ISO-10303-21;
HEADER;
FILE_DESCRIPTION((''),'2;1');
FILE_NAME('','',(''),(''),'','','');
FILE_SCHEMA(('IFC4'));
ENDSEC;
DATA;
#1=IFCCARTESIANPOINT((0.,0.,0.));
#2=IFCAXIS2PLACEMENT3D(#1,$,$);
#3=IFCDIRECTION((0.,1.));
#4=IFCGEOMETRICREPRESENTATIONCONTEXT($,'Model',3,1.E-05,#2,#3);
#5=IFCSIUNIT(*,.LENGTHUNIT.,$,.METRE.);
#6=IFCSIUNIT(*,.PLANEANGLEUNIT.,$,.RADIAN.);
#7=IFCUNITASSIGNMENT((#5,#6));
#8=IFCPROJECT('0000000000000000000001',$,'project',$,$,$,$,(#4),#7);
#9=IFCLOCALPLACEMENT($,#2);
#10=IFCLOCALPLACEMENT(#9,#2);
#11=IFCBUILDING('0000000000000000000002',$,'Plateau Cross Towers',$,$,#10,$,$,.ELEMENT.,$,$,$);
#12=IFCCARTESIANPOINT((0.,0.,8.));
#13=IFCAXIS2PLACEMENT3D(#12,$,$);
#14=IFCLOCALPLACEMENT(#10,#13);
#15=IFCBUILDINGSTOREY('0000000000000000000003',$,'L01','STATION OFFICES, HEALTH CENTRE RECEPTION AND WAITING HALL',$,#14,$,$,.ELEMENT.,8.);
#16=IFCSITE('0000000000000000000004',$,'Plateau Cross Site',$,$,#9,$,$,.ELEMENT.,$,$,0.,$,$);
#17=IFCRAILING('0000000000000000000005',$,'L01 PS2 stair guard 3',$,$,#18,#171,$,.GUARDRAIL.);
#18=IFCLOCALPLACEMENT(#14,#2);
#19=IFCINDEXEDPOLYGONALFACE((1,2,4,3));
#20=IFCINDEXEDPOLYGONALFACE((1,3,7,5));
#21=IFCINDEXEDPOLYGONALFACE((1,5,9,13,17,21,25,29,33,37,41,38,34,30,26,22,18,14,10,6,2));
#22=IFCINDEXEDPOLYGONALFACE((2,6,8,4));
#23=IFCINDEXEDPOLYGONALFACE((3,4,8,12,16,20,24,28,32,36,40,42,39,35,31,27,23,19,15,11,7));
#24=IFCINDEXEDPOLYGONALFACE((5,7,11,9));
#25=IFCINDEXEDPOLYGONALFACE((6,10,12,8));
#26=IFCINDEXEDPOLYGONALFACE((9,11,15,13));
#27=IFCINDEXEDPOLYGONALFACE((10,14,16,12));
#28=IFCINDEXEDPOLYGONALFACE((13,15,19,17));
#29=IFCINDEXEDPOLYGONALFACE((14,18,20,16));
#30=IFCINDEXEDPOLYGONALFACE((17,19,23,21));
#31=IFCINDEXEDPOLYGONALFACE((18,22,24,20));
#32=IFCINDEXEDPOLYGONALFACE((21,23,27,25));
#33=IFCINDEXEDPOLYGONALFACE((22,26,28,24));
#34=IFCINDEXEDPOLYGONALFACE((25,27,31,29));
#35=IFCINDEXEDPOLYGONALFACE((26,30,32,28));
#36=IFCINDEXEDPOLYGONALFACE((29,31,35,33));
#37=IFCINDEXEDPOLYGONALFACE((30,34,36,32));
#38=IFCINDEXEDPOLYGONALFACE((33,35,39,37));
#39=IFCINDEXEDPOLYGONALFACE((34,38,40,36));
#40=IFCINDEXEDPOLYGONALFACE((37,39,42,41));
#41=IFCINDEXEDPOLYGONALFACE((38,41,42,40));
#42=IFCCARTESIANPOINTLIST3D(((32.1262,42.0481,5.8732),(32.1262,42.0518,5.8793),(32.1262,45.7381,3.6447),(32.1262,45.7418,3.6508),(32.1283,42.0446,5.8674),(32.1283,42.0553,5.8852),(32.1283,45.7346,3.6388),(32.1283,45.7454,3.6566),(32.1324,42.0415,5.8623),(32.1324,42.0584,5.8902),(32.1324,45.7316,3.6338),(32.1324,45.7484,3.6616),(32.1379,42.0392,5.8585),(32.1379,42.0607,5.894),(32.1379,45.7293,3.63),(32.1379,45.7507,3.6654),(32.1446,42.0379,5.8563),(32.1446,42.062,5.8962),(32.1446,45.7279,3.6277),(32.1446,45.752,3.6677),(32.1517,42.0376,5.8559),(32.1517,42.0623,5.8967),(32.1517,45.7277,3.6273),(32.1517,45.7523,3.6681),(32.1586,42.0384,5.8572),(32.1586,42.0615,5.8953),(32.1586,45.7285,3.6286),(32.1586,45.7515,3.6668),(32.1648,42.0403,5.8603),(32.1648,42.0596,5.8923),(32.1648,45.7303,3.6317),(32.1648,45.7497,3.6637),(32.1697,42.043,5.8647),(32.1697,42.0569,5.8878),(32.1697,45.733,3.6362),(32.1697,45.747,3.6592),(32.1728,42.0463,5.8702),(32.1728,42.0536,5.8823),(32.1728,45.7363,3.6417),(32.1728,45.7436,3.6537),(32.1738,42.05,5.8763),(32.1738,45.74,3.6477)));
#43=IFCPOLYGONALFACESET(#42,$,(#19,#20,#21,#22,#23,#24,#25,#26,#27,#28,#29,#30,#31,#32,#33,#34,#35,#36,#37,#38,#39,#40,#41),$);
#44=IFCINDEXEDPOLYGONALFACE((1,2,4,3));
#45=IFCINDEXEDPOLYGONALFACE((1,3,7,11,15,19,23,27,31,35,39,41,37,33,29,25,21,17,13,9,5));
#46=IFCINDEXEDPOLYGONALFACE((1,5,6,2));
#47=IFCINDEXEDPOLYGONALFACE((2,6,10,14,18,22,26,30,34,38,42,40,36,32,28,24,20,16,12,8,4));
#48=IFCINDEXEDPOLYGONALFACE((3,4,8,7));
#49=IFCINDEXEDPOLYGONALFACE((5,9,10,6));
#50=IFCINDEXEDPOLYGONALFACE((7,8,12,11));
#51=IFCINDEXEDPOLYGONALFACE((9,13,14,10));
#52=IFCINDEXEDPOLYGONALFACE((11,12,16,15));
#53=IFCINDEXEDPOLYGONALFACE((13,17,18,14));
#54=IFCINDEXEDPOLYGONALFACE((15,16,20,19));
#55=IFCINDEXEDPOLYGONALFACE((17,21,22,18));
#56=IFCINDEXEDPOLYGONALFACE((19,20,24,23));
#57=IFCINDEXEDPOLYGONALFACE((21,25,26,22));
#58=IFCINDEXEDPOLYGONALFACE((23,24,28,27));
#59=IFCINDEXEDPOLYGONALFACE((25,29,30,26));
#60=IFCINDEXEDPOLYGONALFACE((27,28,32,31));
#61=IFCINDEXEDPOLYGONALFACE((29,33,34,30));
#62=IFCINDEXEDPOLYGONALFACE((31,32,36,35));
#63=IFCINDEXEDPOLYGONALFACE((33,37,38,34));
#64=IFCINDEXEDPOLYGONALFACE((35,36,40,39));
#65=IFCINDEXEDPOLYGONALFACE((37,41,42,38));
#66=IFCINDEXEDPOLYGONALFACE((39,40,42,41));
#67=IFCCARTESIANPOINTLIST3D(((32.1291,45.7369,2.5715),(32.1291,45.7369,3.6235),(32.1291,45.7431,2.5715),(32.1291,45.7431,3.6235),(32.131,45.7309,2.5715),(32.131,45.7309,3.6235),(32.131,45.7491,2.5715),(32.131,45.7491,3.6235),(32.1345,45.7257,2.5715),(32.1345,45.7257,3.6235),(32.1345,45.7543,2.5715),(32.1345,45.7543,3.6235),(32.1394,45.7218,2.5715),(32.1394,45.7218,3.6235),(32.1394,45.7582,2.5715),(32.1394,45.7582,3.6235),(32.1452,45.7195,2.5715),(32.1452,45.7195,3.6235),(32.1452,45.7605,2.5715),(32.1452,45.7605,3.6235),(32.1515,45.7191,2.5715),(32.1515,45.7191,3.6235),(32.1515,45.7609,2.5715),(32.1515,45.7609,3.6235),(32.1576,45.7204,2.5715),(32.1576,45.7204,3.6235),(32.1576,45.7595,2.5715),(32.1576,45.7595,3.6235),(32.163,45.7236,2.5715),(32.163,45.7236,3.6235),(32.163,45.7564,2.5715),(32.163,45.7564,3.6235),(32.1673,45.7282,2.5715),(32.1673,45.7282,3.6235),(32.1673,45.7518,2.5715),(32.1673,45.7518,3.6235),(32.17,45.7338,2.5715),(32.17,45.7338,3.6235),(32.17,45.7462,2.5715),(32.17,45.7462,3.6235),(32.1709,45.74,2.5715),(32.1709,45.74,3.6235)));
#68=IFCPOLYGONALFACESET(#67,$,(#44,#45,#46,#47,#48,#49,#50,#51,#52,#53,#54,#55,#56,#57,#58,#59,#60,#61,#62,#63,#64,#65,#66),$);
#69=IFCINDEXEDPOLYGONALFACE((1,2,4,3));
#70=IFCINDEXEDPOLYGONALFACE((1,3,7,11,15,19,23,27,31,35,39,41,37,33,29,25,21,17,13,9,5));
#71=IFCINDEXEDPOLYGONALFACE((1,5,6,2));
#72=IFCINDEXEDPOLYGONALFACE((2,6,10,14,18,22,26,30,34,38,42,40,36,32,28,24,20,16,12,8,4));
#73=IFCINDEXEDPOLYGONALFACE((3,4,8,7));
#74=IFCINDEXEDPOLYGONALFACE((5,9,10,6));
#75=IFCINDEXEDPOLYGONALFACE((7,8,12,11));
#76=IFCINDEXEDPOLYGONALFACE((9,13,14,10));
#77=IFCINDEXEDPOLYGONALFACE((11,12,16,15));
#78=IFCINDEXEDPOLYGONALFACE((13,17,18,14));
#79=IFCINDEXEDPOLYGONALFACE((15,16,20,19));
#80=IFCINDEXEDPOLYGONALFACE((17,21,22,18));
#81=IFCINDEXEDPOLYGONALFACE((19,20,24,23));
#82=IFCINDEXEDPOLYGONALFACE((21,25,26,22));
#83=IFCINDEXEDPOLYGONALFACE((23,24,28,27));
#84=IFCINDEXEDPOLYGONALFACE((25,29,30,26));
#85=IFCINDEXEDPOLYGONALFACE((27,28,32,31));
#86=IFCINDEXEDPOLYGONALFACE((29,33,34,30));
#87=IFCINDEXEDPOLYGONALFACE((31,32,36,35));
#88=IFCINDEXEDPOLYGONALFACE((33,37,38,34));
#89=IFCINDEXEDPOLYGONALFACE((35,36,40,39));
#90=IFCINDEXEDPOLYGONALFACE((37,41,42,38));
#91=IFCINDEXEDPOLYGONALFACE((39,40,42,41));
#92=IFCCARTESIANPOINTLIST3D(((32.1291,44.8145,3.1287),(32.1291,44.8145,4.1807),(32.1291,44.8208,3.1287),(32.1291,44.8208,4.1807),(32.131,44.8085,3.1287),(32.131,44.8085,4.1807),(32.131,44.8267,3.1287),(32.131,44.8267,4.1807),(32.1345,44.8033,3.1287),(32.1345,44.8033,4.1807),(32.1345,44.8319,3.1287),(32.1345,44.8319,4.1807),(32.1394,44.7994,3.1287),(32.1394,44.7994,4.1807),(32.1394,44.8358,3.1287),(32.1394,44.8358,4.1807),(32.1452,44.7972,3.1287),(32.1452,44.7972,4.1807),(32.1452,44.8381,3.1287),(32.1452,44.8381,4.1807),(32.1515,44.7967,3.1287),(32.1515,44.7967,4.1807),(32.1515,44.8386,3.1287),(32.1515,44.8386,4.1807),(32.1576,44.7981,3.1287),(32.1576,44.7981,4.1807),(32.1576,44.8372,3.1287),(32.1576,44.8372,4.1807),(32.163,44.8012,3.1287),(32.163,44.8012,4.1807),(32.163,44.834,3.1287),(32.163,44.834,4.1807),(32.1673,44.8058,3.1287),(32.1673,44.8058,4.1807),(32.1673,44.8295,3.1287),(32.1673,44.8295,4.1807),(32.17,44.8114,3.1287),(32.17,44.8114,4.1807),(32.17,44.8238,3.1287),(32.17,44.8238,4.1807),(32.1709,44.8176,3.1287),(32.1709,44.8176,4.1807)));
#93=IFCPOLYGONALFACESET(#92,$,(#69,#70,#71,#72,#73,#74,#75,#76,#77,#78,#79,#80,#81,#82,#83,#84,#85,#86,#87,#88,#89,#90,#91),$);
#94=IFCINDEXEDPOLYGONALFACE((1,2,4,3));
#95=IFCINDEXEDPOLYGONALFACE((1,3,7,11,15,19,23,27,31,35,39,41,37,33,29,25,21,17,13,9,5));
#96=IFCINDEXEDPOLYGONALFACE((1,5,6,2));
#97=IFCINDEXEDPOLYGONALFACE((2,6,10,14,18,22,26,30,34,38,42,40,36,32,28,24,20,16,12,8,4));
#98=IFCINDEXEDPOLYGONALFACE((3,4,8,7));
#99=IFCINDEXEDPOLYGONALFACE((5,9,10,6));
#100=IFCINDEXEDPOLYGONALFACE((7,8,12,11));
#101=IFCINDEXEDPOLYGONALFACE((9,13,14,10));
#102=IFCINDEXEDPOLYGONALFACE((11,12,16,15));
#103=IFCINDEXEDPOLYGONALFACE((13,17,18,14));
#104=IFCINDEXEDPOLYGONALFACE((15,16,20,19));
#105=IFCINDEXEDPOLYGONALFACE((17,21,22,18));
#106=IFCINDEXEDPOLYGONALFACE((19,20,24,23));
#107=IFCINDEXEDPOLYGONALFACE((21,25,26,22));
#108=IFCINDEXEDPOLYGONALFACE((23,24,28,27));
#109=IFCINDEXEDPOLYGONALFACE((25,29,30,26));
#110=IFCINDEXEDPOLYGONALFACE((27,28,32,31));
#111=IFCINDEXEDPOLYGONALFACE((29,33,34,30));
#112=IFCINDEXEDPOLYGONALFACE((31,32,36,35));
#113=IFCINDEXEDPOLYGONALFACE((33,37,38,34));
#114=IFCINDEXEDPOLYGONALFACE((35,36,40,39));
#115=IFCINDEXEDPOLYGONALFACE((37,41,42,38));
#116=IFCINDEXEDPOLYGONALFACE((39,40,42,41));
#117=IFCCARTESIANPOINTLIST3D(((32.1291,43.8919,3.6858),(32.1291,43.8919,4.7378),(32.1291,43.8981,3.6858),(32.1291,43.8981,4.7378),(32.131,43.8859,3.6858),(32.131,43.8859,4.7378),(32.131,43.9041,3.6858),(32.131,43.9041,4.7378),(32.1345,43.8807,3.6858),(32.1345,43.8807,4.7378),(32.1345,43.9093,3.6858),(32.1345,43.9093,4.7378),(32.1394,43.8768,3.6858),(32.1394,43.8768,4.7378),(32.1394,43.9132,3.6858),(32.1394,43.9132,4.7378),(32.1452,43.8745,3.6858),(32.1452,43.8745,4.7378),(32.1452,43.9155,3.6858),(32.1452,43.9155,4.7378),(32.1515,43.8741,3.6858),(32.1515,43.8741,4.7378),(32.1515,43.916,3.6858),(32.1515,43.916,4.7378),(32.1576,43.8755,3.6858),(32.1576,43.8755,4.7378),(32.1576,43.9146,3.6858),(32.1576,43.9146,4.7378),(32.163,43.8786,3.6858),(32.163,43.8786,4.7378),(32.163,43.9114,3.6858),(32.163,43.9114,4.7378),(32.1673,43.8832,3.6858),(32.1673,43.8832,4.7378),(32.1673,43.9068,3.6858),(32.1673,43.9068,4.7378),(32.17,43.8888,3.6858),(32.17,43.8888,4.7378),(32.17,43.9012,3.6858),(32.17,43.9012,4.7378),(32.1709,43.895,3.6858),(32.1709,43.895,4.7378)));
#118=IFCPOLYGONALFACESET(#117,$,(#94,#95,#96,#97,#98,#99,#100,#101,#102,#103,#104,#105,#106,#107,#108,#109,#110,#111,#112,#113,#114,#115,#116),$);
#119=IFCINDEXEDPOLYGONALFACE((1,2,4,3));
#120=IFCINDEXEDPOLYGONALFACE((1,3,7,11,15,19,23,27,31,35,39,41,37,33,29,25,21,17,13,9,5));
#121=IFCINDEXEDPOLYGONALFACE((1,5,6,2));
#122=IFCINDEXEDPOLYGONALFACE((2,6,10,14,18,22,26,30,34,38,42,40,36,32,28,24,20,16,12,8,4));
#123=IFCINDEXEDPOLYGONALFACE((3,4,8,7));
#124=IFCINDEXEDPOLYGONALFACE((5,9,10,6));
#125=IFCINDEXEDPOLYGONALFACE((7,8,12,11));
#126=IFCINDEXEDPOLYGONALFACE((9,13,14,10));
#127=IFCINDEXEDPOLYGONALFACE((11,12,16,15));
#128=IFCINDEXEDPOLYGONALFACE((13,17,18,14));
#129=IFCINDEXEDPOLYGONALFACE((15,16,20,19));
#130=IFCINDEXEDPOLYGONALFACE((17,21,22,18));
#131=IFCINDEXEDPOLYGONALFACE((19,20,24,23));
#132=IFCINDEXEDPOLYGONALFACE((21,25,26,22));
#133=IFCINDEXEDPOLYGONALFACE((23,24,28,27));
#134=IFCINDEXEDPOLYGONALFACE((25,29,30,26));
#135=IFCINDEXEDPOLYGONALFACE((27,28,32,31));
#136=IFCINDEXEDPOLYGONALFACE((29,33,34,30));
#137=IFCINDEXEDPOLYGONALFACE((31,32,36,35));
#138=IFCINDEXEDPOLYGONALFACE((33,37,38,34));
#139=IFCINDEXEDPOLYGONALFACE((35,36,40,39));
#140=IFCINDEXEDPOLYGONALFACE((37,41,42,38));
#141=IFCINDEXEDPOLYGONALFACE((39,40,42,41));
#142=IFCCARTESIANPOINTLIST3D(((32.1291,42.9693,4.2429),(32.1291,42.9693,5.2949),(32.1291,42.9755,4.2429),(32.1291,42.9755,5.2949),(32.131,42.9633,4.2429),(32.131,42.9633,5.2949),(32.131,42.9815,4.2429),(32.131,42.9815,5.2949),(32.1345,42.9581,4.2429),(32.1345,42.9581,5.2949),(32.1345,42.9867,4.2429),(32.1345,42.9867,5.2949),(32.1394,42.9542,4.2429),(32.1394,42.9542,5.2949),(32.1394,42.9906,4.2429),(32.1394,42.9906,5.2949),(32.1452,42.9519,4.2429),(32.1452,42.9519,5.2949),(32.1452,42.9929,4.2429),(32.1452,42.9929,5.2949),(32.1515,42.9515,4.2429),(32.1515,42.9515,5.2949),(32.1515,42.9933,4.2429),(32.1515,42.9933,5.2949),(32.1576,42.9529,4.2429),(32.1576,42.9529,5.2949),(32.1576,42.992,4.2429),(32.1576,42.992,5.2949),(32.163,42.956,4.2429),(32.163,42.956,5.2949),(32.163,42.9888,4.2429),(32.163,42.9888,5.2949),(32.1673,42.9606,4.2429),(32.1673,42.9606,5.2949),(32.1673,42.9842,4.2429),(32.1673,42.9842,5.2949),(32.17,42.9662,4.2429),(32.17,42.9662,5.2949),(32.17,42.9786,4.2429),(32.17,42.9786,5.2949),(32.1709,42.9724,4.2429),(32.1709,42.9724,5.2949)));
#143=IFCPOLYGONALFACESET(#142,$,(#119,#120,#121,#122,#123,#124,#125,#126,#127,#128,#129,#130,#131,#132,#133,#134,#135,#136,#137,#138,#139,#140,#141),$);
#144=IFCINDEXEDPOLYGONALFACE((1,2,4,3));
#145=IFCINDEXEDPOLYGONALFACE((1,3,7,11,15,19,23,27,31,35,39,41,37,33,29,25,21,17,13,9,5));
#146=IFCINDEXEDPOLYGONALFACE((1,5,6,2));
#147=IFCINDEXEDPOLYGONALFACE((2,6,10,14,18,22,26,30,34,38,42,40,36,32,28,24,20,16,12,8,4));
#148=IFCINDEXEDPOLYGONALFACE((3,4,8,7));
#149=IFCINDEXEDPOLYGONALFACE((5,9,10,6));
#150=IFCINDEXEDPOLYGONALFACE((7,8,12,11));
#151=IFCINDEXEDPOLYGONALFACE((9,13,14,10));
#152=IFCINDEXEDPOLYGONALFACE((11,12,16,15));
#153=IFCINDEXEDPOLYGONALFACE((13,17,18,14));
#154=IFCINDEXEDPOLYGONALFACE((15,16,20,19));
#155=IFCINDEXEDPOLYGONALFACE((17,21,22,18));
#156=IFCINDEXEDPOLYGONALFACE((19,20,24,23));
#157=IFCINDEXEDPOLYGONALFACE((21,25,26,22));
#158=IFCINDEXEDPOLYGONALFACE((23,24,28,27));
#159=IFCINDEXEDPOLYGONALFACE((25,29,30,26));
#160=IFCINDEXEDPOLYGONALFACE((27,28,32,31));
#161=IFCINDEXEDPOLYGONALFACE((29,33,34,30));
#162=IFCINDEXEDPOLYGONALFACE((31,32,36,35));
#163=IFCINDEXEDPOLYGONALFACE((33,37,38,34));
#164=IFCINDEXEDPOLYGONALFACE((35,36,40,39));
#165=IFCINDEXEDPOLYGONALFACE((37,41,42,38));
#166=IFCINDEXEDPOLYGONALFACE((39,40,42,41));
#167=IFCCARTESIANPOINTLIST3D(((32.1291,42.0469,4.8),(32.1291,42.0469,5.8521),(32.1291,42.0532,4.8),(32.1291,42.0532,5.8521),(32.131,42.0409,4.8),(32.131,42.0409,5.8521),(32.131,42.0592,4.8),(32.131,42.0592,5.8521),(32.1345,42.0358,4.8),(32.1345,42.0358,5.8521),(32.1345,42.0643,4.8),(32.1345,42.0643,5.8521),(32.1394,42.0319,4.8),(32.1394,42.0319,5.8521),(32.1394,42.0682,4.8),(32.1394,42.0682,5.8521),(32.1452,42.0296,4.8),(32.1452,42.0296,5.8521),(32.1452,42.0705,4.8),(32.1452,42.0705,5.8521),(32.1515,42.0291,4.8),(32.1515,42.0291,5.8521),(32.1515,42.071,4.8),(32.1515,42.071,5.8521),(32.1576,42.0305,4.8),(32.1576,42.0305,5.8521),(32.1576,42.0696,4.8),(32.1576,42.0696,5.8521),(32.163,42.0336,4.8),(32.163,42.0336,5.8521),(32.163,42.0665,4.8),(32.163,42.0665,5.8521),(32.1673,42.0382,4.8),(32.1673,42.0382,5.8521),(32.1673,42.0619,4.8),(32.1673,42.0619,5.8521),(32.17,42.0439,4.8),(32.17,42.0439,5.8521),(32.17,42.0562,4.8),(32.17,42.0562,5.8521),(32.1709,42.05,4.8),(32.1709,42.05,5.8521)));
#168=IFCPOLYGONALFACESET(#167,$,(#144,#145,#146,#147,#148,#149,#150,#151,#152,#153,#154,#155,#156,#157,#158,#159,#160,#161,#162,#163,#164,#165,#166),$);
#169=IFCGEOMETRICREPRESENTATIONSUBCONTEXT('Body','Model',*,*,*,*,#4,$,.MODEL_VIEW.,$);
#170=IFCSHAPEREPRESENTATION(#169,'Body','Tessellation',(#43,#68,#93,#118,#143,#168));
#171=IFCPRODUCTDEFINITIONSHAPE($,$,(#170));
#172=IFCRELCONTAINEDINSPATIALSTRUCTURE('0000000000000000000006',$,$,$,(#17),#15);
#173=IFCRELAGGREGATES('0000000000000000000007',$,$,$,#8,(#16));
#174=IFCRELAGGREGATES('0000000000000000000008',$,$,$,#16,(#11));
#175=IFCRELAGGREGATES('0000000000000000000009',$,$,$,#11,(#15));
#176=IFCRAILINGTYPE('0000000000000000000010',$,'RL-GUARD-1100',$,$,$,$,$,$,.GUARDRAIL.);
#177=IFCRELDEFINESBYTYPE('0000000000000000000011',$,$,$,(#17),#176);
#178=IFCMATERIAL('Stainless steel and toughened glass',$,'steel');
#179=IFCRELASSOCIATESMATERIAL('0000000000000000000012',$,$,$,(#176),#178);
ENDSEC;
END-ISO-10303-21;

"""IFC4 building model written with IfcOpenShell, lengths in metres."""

from ifc_helpers import new_model, si_unit, direction, frame, origin, origin_2d, place, context, subcontext, project, spatial, circle, extrude, material, type_object, element, save


model = new_model("IFC4")

# Units and contexts
model_context = context("Model", 3, precision=1e-05, world=origin(), true_north=direction((0.0, 1.0)))
body_context = subcontext(model_context, "Body", "Model", "MODEL_VIEW")
ifc_project = project(units=[si_unit("LENGTHUNIT", "METRE"), si_unit("PLANEANGLEUNIT", "RADIAN")], contexts=[model_context])

# Site, building, storey
site_placement = place(None, origin())
site = spatial("IfcSite", under=ifc_project, at=site_placement, Name="Plateau Cross Site", CompositionType="ELEMENT", RefElevation=0.0)
building_placement = place(site_placement, origin())
building = spatial("IfcBuilding", under=site, at=building_placement, Name="Plateau Cross Towers", CompositionType="ELEMENT")
storey_placement = place(building_placement, frame((0.0, 0.0, 8.0)))
storey = spatial("IfcBuildingStorey", under=building, at=storey_placement, Name="L01", Description="STATION OFFICES, HEALTH CENTRE RECEPTION AND WAITING HALL", CompositionType="ELEMENT", Elevation=8.0)

# Railing
ifc_material_1 = material(Name="Stainless steel and toughened glass", Category="steel")
railing_type_1 = type_object("IfcRailingType", Name="RL-GUARD-1100", PredefinedType="GUARDRAIL", material=ifc_material_1)
railing_1_placement = place(storey_placement, frame((32.1499, 45.74, 2.5715)))
element("IfcRailing", 1, at=railing_1_placement, inside=storey, type_object=railing_type_1, Name="L01 PS2 stair guard 3", PredefinedType="GUARDRAIL", context=body_context, shape_type="SweptSolid", body=[
    extrude(circle(Radius=0.0239, at=origin_2d()), frame((0.0, 0.0, 1.0762), z_axis=(0.0, -0.856, 0.516976), x_axis=(1.0, 0.0, 0.0)), (0.0, 0.0, 1.0), 4.3108),
    extrude(circle(Radius=0.021, at=origin_2d()), origin(), (0.0, 0.0, 1.0), 1.052),
    extrude(circle(Radius=0.021, at=origin_2d()), frame((0.0, -0.9224, 0.5571)), (0.0, 0.0, 1.0), 1.052),
    extrude(circle(Radius=0.021, at=origin_2d()), frame((0.0, -1.845, 1.1143)), (0.0, 0.0, 1.0), 1.052),
    extrude(circle(Radius=0.021, at=origin_2d()), frame((0.0, -2.7676, 1.6714)), (0.0, 0.0, 1.0), 1.052),
    extrude(circle(Radius=0.021, at=origin_2d()), frame((0.0, -3.6899, 2.2285)), (0.0, 0.0, 1.0), 1.052),
])

save(model, "model.ifc")
